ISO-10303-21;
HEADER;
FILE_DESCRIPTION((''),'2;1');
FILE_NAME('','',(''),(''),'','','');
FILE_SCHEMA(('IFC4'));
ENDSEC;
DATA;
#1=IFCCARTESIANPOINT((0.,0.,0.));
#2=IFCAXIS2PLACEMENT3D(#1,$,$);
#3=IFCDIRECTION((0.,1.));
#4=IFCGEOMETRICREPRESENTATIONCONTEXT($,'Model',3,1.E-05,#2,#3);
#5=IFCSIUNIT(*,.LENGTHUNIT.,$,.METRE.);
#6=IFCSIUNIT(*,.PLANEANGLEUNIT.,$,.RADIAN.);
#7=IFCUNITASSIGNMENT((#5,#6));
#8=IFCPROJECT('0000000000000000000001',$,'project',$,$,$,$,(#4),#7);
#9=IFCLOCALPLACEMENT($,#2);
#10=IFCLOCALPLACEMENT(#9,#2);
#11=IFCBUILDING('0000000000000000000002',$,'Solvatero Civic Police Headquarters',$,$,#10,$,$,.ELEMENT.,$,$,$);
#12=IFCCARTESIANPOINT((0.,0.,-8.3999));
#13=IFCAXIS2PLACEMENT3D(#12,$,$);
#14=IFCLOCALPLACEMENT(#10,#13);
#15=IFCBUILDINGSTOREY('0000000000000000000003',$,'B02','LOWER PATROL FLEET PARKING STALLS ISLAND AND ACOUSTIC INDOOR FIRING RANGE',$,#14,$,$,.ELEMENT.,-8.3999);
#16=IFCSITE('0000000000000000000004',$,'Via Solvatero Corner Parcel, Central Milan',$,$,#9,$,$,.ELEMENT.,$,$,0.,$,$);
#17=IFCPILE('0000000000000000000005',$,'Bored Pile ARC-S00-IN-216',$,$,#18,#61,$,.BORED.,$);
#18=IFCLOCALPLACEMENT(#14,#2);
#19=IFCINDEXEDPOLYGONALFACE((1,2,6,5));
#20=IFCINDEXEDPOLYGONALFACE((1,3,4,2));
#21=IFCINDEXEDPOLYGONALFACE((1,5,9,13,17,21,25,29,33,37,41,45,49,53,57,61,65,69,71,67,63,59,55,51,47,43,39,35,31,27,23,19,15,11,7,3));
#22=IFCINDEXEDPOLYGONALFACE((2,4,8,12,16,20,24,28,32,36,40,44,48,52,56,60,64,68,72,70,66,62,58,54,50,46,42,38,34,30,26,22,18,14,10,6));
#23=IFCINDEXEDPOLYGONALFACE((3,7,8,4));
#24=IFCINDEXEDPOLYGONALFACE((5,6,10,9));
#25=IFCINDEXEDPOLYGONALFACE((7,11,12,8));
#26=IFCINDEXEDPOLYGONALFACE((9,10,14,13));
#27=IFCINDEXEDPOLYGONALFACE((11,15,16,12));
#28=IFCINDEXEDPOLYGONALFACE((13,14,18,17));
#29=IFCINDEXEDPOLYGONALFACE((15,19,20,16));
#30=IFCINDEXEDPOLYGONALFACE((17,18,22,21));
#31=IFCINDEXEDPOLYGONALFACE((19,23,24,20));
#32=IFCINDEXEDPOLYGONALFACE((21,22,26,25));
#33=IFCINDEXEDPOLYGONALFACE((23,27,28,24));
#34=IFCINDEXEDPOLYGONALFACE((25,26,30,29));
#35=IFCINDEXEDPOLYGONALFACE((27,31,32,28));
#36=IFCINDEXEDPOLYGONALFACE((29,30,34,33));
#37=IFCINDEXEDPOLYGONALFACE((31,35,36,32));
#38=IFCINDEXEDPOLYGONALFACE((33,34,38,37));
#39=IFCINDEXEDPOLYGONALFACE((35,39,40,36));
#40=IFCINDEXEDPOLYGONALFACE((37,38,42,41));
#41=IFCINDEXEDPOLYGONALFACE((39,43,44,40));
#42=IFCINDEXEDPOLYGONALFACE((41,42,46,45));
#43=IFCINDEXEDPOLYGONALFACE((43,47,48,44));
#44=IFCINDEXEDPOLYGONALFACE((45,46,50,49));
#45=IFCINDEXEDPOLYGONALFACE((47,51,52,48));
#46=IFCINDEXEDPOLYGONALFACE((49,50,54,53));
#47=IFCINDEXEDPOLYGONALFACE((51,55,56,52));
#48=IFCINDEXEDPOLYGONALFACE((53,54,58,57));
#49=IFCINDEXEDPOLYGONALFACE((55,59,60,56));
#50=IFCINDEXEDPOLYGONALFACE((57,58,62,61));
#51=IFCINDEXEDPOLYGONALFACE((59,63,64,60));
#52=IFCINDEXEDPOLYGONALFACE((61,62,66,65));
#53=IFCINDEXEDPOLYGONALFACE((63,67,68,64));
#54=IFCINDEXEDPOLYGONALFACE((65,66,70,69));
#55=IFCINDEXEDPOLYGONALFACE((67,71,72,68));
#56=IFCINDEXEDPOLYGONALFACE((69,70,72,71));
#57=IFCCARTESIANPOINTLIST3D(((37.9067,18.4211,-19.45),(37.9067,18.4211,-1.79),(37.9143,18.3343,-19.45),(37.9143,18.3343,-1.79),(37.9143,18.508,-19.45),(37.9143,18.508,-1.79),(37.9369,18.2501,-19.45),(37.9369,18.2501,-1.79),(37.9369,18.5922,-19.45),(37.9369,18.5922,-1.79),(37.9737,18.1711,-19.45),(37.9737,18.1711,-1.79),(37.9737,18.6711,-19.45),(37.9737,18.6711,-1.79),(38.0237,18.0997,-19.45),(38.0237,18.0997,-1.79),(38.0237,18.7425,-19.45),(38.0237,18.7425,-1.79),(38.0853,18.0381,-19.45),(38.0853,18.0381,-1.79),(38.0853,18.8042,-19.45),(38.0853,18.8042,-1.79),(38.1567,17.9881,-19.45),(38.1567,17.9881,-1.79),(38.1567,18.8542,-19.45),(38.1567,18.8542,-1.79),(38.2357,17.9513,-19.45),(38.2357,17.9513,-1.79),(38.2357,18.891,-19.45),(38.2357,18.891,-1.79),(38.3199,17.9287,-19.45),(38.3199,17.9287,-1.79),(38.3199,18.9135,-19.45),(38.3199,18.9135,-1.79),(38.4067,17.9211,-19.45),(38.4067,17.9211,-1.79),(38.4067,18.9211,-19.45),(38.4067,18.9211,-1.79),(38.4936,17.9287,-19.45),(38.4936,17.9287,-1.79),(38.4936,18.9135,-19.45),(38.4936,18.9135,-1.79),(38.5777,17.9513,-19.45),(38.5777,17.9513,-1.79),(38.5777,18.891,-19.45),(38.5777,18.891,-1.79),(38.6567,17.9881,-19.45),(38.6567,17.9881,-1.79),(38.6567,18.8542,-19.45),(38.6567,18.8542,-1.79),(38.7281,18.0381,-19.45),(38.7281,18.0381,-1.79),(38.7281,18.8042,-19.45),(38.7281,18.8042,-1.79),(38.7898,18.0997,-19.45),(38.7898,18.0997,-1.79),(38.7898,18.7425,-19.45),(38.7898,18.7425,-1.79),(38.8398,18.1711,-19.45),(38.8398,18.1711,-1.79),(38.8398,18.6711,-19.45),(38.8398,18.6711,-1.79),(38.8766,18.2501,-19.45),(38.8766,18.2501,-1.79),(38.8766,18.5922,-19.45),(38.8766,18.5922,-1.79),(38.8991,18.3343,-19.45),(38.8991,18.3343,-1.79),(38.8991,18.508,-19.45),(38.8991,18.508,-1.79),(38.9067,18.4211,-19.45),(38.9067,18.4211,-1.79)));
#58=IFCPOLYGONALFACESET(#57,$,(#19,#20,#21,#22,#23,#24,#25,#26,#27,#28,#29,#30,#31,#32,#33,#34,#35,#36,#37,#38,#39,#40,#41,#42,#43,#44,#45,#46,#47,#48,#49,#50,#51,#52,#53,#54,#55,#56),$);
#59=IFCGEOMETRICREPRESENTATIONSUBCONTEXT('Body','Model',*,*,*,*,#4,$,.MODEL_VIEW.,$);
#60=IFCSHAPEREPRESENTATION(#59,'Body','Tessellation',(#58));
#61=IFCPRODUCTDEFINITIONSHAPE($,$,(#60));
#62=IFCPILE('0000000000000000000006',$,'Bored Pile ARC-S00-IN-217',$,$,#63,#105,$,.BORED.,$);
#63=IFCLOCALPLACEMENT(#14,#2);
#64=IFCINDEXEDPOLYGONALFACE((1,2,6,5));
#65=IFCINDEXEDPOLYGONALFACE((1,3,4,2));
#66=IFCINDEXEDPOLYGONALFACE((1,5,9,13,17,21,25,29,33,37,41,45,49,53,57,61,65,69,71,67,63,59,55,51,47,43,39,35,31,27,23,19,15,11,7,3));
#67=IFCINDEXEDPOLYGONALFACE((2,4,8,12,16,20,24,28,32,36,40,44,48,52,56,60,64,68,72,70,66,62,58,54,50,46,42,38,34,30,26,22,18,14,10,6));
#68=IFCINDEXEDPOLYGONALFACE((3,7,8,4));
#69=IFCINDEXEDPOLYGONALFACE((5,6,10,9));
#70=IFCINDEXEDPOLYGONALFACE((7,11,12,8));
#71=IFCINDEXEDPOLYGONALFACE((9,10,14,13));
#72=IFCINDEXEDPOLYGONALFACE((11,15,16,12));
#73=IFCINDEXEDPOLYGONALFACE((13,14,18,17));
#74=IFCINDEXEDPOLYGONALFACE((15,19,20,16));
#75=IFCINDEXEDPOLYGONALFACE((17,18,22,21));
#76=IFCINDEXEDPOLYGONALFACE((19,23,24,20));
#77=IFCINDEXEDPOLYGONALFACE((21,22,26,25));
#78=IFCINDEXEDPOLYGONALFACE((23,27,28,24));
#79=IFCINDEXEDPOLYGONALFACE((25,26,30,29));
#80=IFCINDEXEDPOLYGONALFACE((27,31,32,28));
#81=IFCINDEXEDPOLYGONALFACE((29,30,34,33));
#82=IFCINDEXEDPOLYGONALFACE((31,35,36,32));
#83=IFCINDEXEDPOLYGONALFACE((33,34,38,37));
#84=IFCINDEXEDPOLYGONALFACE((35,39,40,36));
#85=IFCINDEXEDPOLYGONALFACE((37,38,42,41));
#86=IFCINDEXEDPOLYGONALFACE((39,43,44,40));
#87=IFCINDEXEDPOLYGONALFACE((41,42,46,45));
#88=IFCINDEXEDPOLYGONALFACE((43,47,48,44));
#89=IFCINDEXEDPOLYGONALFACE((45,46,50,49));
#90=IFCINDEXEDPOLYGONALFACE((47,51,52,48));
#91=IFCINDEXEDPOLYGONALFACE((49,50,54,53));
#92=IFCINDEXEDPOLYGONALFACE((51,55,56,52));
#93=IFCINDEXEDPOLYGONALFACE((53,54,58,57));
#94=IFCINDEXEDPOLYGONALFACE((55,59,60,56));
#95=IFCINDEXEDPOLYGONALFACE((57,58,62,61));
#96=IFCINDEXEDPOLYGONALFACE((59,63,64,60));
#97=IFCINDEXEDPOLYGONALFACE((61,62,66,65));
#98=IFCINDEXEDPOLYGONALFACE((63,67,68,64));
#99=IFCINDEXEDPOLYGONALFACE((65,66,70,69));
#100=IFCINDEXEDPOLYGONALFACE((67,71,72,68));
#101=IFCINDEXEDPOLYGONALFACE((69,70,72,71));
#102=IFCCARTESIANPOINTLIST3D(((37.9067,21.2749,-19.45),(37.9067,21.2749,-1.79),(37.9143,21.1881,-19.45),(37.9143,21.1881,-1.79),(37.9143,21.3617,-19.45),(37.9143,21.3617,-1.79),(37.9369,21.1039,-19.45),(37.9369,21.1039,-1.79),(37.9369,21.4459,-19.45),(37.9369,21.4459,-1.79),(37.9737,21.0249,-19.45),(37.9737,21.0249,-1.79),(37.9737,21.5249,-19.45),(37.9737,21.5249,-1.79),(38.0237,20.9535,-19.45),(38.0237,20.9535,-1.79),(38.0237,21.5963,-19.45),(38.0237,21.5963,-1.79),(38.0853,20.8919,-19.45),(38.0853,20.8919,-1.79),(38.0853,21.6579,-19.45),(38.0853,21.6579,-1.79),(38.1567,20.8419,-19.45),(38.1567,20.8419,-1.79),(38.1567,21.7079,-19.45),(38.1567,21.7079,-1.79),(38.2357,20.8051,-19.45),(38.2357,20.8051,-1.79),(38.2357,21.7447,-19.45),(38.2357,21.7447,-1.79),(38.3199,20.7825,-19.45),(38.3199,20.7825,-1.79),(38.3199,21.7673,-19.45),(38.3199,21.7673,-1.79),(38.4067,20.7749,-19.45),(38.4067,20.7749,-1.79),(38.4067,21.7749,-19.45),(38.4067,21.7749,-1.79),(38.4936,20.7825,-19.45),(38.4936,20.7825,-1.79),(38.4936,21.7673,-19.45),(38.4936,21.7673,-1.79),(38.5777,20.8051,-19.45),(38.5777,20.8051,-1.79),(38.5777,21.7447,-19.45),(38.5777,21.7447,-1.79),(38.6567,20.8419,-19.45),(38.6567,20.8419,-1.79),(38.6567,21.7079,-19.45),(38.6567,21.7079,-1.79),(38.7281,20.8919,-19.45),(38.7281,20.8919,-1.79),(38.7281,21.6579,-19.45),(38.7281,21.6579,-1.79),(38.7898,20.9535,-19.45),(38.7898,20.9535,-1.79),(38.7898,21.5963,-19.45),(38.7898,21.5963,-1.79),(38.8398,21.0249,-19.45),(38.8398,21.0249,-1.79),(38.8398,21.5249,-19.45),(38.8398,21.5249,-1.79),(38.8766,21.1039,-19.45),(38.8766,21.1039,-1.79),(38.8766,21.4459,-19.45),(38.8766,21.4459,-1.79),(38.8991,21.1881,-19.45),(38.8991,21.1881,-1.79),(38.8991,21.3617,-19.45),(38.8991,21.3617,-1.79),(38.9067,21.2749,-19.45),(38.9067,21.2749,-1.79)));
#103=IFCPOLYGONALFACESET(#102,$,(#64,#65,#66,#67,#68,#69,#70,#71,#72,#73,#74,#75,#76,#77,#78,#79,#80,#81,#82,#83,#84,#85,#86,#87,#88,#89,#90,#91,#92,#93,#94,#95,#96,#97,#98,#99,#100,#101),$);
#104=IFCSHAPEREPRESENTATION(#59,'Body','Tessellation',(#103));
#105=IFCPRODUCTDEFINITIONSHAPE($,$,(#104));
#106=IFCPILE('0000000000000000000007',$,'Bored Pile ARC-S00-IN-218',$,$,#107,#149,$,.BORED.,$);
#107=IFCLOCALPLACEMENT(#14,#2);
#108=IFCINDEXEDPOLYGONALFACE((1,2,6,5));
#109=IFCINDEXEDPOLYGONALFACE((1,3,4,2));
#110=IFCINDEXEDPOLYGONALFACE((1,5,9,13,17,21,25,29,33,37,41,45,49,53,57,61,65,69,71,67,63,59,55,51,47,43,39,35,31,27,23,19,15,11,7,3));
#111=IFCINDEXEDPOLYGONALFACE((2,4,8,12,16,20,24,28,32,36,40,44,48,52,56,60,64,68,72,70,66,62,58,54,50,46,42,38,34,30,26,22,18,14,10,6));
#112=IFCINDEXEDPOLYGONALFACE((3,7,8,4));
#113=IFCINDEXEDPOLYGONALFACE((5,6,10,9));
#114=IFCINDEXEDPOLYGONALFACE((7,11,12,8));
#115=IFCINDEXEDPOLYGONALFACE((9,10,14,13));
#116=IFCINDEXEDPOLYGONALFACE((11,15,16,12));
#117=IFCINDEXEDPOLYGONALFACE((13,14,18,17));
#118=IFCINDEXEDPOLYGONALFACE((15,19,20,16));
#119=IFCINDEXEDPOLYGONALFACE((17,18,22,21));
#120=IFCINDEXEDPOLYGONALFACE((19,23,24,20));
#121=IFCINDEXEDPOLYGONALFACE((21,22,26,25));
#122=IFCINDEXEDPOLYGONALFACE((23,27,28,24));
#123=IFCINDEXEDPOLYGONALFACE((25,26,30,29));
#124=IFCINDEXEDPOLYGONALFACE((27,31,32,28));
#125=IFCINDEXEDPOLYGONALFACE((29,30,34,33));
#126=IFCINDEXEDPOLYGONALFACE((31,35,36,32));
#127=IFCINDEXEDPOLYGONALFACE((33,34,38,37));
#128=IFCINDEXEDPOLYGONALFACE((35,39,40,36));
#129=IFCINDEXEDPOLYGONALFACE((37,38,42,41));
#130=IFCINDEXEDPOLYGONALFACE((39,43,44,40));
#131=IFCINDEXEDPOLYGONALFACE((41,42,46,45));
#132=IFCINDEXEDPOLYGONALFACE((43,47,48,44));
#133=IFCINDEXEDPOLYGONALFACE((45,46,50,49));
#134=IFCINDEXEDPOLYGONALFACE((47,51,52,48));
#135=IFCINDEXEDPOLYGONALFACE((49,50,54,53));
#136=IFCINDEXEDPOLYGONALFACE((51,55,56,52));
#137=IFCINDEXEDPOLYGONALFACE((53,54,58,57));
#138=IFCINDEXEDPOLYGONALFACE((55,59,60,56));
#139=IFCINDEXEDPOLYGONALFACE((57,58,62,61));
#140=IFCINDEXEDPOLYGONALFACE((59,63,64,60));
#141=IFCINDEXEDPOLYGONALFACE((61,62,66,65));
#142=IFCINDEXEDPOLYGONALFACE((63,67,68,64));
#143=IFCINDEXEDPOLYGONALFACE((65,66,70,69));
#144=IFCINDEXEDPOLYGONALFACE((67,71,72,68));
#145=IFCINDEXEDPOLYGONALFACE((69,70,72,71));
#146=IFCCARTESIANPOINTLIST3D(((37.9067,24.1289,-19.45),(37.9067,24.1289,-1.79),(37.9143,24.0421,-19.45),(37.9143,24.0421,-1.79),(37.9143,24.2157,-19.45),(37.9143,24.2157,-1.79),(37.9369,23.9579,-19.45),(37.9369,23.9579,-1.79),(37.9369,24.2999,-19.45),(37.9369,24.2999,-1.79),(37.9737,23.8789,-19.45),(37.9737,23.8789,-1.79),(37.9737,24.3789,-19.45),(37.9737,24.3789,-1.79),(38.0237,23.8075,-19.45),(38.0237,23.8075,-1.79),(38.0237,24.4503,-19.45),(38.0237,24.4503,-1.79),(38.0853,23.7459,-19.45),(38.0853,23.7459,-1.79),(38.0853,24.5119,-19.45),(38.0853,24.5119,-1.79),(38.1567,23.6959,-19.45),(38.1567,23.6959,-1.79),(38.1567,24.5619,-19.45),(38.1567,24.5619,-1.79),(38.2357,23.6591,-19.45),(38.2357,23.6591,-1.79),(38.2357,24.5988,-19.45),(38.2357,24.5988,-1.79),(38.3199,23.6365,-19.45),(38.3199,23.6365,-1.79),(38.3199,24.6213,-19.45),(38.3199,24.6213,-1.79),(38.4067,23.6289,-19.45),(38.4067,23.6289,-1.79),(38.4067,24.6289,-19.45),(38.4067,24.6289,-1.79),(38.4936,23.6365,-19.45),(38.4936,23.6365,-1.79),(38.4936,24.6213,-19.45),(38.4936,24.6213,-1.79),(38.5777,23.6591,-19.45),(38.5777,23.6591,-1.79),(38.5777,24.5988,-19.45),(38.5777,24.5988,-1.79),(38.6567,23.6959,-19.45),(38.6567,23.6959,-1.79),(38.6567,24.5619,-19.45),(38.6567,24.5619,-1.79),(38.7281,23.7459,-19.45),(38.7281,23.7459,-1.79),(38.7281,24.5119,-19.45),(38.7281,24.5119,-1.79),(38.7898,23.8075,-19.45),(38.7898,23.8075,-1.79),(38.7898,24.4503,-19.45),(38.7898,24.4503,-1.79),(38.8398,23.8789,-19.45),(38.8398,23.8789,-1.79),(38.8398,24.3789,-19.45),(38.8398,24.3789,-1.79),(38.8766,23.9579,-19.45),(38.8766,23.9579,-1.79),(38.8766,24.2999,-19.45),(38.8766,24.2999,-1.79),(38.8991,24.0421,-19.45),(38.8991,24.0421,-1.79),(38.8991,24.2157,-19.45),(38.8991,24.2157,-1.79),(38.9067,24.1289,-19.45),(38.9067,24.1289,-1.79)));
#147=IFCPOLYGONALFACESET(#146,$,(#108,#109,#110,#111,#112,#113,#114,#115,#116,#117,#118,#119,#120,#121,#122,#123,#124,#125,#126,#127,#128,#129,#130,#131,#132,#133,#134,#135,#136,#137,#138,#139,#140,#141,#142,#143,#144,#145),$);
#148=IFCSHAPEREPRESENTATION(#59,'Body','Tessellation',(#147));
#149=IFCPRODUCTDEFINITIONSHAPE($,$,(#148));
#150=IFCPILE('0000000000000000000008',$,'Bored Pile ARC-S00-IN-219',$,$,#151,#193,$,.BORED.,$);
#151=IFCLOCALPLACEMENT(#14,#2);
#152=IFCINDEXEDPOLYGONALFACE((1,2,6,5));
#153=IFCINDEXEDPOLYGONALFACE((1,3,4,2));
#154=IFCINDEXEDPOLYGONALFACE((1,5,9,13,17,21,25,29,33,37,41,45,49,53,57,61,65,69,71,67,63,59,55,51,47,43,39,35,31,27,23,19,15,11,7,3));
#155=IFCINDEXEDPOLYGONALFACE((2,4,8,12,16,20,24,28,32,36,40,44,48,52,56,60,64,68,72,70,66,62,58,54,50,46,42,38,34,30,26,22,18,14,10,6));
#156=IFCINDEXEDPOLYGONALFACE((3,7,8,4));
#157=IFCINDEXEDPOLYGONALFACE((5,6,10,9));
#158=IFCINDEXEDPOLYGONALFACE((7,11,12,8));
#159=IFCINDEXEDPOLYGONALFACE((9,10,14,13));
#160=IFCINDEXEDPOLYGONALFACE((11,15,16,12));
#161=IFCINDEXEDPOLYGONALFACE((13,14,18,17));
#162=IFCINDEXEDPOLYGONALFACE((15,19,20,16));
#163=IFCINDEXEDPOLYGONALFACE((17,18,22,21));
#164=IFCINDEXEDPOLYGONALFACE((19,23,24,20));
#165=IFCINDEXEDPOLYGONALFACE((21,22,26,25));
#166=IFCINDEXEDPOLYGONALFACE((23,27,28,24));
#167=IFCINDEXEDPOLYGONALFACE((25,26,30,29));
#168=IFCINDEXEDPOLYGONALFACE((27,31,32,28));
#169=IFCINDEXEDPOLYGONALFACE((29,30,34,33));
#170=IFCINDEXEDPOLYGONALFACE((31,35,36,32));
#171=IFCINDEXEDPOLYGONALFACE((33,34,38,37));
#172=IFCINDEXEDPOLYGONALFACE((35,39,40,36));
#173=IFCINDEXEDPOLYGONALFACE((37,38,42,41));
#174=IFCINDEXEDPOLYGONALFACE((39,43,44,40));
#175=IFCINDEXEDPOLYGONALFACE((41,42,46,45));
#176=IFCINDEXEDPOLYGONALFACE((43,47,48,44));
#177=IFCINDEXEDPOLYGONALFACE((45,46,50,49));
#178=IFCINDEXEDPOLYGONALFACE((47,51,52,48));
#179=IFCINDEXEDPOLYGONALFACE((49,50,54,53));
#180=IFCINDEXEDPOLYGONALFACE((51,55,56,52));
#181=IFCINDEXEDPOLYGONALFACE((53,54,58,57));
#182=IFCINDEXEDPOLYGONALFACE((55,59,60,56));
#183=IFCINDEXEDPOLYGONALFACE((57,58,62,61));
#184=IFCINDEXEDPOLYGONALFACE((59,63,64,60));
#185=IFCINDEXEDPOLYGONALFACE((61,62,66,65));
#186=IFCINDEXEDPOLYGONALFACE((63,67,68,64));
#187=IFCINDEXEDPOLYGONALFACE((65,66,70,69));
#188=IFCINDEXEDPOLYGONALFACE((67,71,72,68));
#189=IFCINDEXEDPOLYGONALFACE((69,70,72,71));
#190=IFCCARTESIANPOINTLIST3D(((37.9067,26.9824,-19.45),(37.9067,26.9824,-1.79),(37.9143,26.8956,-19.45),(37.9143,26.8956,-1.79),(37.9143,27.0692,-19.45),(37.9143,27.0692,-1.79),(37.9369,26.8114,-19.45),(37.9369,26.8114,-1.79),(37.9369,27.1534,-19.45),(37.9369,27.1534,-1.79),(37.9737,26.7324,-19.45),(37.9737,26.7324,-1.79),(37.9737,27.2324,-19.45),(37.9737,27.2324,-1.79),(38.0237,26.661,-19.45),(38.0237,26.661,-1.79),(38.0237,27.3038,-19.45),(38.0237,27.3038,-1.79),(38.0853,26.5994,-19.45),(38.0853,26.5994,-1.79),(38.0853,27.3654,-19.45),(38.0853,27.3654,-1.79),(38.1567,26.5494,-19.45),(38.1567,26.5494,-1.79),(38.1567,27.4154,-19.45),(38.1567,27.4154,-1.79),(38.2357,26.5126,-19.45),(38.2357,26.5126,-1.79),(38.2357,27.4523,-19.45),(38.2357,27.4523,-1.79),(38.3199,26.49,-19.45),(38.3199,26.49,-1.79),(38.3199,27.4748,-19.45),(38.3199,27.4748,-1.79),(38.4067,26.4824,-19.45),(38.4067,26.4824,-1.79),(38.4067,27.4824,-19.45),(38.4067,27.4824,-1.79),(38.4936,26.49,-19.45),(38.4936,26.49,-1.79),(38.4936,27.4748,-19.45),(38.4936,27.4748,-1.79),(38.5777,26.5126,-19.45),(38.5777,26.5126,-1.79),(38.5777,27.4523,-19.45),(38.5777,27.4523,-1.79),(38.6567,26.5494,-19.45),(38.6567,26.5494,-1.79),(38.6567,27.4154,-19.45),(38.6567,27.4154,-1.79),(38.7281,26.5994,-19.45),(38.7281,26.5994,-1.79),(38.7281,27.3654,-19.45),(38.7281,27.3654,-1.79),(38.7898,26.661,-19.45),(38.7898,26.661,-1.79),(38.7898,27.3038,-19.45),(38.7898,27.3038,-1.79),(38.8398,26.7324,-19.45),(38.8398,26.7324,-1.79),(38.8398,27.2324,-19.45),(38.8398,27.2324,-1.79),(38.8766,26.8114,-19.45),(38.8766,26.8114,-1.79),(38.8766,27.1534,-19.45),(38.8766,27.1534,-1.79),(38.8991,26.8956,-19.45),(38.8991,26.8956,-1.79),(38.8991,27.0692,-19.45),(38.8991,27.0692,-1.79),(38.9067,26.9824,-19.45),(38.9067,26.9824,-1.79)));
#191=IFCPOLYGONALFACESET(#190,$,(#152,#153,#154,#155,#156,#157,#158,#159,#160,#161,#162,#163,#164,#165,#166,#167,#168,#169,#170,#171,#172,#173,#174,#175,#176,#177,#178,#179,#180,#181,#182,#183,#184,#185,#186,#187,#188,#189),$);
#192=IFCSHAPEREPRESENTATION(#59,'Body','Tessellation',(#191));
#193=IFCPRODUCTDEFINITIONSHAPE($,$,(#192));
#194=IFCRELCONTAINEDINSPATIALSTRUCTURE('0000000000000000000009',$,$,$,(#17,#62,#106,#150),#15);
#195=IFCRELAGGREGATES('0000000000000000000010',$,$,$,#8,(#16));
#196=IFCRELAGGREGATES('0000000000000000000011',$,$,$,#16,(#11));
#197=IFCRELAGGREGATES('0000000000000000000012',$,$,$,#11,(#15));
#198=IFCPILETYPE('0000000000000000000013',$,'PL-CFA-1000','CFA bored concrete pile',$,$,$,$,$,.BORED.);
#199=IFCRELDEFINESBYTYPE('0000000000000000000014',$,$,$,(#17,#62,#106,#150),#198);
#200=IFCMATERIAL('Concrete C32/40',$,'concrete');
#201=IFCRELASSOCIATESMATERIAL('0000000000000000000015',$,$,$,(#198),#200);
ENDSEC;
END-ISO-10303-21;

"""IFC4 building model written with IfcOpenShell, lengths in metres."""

from ifc_helpers import new_model, si_unit, direction, frame, origin, origin_2d, place, context, subcontext, project, spatial, circle, extrude, material, material_profile, profile_set, type_object, element, save


model = new_model("IFC4")

# Units and contexts
model_context = context("Model", 3, precision=1e-05, world=origin(), true_north=direction((0.0, 1.0)))
body_context = subcontext(model_context, "Body", "Model", "MODEL_VIEW")
ifc_project = project(units=[si_unit("LENGTHUNIT", "METRE"), si_unit("PLANEANGLEUNIT", "RADIAN")], contexts=[model_context])

# Site, building, storey
site_placement = place(None, origin())
site = spatial("IfcSite", under=ifc_project, at=site_placement, Name="Via Solvatero Corner Parcel, Central Milan", CompositionType="ELEMENT", RefElevation=0.0)
building_placement = place(site_placement, origin())
building = spatial("IfcBuilding", under=site, at=building_placement, Name="Solvatero Civic Police Headquarters", CompositionType="ELEMENT")
storey_placement = place(building_placement, frame((0.0, 0.0, -8.3999)))
storey = spatial("IfcBuildingStorey", under=building, at=storey_placement, Name="B02", Description="LOWER PATROL FLEET PARKING STALLS ISLAND AND ACOUSTIC INDOOR FIRING RANGE", CompositionType="ELEMENT", Elevation=-8.3999)

# Piles
ifc_material_1 = material(Name="Concrete C32/40", Category="concrete")
ifc_material_profile_1 = material_profile(ifc_material_1, circle(Radius=0.5, at=origin_2d()), Name="CFA PILE D1000")
ifc_profile_set_1 = profile_set([ifc_material_profile_1], Name="Concrete C32/40")
pile_type = type_object("IfcPileType", Name="PL-CFA-1000", Description="CFA bored concrete pile", PredefinedType="BORED", material=ifc_profile_set_1)
for number, where, z_axis, x_axis, name in (
    (1, (38.4067, 18.4211, -1.79), (0.0, 0.0, -1.0), (1.0, 0.0, 0.0), "Bored Pile ARC-S00-IN-216"),
    (2, (38.4067, 21.2749, -1.79), (0.0, 0.0, -1.0), (1.0, 0.0, 0.0), "Bored Pile ARC-S00-IN-217"),
    (3, (38.4067, 24.1289, -1.79), (0.0, 0.0, -1.0), (1.0, 0.0, 0.0), "Bored Pile ARC-S00-IN-218"),
    (4, (38.4067, 26.9824, -1.79), (0.0, 0.0, -1.0), (1.0, 0.0, 0.0), "Bored Pile ARC-S00-IN-219"),
):
    element("IfcPile", number, at=place(storey_placement, frame(where, z_axis=z_axis, x_axis=x_axis)), inside=storey, type_object=pile_type, Name=name, PredefinedType="BORED", context=body_context, shape_type="SweptSolid", body=[
        extrude(circle(Radius=0.5, at=origin_2d()), origin(), (0.0, 0.0, 1.0), 17.6599),
    ])

save(model, "model.ifc")
